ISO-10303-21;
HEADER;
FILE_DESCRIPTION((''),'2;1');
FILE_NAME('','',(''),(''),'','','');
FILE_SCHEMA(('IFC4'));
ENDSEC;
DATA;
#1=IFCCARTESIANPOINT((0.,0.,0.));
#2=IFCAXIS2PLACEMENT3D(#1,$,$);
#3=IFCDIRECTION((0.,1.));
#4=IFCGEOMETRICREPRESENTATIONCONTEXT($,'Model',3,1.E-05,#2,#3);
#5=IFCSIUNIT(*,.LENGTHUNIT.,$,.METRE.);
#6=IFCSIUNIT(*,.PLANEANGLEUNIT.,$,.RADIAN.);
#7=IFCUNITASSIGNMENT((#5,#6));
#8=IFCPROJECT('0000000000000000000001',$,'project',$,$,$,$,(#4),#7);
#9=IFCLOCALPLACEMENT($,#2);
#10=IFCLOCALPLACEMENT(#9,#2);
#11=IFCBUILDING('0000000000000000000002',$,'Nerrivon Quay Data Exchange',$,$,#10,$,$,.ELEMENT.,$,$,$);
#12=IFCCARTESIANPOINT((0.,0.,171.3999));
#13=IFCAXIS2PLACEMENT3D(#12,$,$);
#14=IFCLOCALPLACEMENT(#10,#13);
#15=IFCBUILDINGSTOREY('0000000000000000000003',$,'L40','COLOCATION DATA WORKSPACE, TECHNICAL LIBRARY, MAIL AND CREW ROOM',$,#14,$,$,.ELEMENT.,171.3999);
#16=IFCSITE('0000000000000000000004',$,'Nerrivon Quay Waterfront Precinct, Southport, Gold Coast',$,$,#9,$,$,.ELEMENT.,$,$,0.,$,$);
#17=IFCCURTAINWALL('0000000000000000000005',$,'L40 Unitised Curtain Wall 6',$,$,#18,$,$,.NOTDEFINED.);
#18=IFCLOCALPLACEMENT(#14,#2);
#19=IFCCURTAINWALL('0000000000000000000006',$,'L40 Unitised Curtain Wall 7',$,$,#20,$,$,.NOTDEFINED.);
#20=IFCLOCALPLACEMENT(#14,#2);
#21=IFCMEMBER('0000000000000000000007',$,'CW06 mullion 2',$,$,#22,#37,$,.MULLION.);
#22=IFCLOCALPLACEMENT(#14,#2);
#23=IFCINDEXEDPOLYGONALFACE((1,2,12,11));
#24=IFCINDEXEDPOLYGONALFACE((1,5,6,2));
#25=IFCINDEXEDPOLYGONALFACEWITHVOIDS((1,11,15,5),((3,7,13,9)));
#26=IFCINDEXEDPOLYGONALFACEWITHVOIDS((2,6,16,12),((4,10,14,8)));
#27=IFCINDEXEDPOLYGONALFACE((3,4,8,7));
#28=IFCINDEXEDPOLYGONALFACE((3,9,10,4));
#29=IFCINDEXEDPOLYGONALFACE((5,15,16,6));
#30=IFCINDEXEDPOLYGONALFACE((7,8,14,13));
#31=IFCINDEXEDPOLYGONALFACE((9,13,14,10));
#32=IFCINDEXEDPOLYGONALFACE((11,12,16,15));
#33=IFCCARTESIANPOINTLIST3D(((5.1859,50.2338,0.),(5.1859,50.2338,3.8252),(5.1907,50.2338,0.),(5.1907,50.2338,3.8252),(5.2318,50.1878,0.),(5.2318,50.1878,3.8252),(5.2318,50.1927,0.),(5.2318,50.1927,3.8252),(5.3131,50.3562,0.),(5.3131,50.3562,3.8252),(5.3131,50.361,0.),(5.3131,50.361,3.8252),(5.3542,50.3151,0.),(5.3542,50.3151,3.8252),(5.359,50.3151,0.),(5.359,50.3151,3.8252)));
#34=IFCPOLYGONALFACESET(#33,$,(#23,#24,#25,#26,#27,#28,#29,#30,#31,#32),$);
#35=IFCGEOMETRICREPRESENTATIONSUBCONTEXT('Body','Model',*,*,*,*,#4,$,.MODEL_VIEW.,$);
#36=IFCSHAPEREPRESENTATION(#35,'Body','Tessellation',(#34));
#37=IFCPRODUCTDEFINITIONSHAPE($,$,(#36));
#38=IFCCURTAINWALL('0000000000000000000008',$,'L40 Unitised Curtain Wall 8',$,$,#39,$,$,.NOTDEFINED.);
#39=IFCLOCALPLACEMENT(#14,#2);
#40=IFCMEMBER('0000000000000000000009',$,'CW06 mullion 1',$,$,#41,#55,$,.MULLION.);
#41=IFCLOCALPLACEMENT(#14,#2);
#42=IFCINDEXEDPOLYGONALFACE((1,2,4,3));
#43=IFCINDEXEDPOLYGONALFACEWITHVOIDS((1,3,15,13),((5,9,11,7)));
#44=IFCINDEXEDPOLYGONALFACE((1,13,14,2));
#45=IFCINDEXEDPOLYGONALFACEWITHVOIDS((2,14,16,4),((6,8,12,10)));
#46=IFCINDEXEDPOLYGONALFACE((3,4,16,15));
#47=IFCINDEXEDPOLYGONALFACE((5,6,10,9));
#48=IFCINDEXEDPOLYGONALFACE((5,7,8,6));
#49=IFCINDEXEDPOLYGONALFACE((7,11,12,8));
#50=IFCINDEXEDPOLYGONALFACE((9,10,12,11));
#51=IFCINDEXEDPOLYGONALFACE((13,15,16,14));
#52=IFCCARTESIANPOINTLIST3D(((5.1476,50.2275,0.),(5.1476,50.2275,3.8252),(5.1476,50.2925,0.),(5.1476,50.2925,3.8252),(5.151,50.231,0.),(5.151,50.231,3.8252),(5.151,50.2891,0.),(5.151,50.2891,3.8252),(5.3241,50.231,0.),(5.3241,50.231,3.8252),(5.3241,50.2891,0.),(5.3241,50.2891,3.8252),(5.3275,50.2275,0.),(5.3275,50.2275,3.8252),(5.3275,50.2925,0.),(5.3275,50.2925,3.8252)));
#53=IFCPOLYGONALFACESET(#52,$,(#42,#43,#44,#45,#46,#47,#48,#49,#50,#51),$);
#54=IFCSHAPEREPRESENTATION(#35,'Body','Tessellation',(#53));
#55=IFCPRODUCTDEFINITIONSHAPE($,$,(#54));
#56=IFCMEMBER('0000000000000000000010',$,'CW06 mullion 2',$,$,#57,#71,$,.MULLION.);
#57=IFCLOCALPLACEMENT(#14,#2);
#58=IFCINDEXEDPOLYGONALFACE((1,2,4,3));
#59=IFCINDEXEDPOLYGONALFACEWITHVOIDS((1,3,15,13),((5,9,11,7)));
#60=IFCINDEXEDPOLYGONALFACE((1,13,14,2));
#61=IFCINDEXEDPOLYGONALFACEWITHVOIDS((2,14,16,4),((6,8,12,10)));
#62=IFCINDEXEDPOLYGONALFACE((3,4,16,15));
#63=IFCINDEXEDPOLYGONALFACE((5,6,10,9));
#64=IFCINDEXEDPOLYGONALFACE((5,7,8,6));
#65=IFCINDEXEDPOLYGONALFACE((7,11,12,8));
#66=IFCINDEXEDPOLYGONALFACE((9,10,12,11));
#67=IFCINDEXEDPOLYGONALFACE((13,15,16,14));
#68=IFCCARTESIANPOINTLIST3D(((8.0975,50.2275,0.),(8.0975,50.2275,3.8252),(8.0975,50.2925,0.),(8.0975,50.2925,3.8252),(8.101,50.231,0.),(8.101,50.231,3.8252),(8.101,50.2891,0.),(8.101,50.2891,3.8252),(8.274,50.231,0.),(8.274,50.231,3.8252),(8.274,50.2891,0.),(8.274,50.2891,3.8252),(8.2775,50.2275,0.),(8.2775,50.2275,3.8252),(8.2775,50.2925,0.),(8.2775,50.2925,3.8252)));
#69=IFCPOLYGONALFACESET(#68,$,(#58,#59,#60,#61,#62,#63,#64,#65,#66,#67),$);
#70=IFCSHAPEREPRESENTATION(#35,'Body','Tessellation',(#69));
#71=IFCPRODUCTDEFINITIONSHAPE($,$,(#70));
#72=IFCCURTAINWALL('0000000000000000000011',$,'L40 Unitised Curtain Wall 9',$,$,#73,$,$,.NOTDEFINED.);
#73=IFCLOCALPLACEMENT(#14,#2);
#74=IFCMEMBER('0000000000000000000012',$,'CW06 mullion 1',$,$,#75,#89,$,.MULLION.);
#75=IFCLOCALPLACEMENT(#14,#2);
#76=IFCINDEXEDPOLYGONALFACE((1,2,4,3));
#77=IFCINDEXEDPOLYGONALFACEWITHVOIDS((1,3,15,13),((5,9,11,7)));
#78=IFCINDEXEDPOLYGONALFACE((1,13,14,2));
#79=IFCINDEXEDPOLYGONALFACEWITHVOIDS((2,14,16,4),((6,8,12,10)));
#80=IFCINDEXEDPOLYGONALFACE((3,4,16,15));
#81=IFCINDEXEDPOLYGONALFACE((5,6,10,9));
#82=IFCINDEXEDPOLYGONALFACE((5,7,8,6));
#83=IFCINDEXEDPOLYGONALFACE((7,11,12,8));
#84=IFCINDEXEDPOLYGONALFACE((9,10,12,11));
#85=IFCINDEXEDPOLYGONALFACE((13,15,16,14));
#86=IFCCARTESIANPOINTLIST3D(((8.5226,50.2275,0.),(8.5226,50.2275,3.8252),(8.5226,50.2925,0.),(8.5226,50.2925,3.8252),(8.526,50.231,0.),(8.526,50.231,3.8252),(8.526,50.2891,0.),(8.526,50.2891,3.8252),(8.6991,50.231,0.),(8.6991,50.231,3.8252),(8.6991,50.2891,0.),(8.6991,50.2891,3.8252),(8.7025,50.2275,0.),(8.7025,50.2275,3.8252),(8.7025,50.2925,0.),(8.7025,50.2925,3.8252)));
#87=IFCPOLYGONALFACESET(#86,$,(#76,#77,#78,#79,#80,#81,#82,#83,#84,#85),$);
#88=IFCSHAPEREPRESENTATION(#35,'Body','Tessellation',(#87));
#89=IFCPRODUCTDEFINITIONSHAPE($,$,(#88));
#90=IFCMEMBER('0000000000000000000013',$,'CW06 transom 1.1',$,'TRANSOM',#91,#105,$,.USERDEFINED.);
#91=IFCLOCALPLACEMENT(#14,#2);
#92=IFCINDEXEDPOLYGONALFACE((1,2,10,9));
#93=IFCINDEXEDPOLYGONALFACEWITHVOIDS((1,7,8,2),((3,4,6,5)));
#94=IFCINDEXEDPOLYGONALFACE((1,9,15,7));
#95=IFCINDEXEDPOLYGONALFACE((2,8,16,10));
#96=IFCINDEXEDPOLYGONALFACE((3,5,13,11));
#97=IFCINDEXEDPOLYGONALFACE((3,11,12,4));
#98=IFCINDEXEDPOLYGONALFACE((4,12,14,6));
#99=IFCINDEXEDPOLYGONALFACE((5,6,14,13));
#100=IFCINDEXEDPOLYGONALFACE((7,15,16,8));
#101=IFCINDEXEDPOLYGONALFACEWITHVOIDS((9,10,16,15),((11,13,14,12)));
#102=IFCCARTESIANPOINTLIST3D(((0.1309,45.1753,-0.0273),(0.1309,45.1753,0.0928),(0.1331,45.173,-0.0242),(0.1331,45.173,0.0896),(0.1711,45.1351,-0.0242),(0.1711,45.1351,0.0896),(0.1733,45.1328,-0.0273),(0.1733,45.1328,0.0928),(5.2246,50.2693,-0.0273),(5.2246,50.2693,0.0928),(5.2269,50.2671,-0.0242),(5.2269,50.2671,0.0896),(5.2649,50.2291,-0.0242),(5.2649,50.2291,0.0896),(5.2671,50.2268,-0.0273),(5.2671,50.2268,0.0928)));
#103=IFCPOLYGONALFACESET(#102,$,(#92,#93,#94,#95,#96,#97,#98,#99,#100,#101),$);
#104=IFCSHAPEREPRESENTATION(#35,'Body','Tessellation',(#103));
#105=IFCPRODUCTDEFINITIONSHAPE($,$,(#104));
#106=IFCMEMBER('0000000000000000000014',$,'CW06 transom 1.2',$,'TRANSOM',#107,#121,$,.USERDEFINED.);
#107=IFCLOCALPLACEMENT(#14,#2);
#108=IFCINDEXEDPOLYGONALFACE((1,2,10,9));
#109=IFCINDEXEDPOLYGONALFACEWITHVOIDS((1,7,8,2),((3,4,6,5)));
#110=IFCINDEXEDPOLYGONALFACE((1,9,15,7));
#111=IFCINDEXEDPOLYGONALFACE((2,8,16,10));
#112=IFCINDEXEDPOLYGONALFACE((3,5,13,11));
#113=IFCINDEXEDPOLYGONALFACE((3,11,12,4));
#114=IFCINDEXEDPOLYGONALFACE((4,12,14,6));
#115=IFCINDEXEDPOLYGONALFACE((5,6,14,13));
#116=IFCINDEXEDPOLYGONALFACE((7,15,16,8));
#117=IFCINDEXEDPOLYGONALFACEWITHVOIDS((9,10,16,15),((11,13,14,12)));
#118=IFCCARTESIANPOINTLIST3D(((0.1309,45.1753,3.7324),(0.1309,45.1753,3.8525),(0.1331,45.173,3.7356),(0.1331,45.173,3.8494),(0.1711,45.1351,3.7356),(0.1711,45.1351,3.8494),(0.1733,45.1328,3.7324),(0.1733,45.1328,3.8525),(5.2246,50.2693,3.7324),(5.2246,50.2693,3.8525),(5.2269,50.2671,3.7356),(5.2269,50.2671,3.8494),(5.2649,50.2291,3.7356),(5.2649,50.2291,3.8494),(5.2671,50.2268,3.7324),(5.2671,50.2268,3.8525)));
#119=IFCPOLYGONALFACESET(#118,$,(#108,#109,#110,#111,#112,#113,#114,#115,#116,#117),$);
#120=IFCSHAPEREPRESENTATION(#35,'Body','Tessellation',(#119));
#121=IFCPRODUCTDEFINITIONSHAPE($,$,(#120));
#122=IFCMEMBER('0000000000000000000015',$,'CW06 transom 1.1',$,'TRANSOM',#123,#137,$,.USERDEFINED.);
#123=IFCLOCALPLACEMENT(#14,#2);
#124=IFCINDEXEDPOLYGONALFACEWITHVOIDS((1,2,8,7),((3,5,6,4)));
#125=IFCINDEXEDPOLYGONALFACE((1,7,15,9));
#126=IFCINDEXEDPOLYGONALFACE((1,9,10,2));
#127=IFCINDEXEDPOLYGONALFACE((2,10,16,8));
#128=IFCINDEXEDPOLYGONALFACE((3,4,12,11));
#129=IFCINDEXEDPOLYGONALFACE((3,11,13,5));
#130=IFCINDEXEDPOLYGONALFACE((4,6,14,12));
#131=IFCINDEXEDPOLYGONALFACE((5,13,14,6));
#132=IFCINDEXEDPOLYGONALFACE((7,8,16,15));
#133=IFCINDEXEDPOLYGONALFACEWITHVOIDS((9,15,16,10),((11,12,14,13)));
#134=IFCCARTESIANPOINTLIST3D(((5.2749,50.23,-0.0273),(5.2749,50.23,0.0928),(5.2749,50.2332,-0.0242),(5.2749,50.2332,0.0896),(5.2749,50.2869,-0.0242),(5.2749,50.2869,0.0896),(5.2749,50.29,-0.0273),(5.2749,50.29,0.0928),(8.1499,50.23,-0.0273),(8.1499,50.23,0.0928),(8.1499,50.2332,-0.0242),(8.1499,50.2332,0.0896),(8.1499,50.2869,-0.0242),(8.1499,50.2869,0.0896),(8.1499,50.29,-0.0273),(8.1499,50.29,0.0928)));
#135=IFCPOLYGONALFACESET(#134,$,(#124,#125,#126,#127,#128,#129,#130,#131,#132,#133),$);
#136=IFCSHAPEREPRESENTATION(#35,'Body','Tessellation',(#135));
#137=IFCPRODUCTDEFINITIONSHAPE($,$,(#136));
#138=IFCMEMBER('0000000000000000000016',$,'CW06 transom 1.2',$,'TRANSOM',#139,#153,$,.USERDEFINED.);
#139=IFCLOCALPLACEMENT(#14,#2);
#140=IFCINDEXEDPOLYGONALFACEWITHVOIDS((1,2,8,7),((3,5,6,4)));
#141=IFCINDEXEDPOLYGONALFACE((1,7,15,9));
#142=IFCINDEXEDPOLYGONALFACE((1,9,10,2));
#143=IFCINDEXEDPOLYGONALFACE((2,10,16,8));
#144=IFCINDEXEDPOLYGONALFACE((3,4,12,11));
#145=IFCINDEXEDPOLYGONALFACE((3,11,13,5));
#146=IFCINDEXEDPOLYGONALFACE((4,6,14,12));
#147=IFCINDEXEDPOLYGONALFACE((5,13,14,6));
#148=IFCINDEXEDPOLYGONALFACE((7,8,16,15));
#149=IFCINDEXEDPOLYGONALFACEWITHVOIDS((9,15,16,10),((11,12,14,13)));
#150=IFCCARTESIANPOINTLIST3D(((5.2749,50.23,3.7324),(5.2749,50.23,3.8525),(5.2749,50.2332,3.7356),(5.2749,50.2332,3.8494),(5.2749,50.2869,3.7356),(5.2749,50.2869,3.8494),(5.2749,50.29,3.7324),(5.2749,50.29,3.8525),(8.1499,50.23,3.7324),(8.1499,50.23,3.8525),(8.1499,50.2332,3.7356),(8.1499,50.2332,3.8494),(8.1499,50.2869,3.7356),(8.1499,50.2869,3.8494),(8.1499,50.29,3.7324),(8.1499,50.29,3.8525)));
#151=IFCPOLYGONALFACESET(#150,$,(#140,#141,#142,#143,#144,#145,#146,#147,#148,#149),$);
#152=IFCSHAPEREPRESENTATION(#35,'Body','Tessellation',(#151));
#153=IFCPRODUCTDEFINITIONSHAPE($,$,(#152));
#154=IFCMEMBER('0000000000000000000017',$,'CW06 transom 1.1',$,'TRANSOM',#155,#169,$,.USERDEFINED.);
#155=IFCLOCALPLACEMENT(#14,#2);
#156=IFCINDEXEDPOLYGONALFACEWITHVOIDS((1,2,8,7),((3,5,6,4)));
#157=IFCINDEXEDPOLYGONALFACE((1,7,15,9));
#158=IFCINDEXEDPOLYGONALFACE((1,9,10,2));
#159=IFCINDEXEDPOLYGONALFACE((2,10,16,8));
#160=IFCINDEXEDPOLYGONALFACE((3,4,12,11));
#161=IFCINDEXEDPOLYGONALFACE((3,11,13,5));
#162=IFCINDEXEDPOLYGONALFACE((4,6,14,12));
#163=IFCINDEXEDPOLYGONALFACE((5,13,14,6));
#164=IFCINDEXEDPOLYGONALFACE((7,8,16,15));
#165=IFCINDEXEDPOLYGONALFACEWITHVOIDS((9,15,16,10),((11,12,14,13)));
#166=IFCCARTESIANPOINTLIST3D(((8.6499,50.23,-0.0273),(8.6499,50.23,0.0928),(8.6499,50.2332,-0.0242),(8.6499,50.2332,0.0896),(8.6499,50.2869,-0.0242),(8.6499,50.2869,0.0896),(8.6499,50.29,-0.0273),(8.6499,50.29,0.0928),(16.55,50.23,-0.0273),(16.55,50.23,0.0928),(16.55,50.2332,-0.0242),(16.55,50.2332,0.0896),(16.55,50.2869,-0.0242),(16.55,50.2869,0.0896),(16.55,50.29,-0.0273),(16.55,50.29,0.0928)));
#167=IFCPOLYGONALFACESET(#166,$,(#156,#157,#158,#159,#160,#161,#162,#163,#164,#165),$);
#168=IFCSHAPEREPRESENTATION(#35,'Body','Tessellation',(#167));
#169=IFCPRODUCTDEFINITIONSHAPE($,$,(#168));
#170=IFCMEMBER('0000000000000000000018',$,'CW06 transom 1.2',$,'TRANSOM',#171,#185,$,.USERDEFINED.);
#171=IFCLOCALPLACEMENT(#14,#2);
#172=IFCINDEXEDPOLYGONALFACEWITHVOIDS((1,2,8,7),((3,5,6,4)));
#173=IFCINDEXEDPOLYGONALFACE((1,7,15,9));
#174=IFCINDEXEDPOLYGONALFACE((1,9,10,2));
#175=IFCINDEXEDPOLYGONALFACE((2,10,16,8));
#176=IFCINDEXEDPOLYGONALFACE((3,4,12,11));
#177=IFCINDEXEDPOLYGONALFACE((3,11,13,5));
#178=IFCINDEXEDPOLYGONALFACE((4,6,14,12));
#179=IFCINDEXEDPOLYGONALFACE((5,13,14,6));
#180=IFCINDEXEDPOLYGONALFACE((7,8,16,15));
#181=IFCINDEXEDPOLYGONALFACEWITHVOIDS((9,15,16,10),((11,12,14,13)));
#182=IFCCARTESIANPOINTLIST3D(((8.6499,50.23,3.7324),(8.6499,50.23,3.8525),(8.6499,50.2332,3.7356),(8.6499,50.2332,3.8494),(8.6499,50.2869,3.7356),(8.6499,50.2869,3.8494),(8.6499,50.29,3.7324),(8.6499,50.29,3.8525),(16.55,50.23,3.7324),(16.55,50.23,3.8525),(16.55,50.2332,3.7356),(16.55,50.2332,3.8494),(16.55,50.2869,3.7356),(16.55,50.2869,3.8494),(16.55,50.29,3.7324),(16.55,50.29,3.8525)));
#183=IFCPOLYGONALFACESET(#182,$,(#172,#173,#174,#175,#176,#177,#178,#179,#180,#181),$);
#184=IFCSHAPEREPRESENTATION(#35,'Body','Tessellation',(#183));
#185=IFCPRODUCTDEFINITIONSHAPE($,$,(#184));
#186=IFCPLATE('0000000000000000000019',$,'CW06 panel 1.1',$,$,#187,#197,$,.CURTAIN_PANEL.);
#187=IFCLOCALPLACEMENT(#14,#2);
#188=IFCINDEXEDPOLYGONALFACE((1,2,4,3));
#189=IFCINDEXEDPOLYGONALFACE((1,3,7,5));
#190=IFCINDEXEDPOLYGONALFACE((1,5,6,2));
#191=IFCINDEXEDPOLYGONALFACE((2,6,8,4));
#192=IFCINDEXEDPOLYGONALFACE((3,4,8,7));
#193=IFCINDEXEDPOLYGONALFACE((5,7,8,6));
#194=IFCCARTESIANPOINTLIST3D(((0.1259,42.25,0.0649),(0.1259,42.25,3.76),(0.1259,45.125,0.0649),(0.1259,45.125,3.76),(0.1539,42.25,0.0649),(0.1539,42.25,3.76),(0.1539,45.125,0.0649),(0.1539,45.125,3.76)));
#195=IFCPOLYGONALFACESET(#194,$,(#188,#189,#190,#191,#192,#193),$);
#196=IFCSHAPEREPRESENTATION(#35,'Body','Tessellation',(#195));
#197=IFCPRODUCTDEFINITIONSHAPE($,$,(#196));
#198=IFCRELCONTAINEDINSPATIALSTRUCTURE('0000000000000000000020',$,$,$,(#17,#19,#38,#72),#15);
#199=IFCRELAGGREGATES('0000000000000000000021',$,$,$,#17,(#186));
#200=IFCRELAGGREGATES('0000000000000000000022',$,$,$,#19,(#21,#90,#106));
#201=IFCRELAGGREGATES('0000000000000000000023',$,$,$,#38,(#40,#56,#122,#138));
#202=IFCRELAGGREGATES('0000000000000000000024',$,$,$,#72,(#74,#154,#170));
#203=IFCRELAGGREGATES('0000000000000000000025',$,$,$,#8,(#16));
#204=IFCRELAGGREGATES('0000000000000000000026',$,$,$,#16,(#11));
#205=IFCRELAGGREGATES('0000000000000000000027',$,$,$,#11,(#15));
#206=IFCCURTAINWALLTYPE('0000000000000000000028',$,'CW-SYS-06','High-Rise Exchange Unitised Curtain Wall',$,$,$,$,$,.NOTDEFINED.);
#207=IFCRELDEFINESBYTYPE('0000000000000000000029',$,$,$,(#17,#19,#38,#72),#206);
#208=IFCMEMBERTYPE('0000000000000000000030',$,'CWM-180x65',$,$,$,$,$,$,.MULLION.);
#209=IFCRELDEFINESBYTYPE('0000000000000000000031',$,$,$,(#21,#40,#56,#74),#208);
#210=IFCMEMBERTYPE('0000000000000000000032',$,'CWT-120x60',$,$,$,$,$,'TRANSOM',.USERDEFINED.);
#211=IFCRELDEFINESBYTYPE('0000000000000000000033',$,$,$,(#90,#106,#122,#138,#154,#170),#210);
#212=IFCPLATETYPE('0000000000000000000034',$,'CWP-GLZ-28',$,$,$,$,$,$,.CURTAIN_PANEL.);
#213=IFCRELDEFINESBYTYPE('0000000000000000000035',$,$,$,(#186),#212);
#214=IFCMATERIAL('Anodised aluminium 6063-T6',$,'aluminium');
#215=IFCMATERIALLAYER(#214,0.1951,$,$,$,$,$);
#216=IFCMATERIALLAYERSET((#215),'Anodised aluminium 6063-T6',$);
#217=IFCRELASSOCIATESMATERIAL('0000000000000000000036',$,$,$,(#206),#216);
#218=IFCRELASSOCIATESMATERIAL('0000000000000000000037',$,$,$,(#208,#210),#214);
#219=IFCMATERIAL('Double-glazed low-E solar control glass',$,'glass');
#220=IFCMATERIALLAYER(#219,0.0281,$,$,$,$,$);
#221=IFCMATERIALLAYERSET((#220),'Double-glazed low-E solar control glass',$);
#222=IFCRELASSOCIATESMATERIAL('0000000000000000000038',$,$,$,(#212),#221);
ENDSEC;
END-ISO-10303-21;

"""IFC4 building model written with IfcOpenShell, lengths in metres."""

from ifc_helpers import new_model, si_unit, direction, frame, origin, origin_2d, place, context, subcontext, project, spatial, rectangle, hollow_rectangle, extrude, material, layer, layer_set, material_profile, profile_set, type_object, element, aggregate, save


model = new_model("IFC4")

# Units and contexts
model_context = context("Model", 3, precision=1e-05, world=origin(), true_north=direction((0.0, 1.0)))
body_context = subcontext(model_context, "Body", "Model", "MODEL_VIEW")
ifc_project = project(units=[si_unit("LENGTHUNIT", "METRE"), si_unit("PLANEANGLEUNIT", "RADIAN")], contexts=[model_context])

# Site, building, storey
site_placement = place(None, origin())
site = spatial("IfcSite", under=ifc_project, at=site_placement, Name="Nerrivon Quay Waterfront Precinct, Southport, Gold Coast", CompositionType="ELEMENT", RefElevation=0.0)
building_placement = place(site_placement, origin())
building = spatial("IfcBuilding", under=site, at=building_placement, Name="Nerrivon Quay Data Exchange", CompositionType="ELEMENT")
storey_placement = place(building_placement, frame((0.0, 0.0, 171.3999)))
storey = spatial("IfcBuildingStorey", under=building, at=storey_placement, Name="L40", Description="COLOCATION DATA WORKSPACE, TECHNICAL LIBRARY, MAIL AND CREW ROOM", CompositionType="ELEMENT", Elevation=171.3999)

# Curtain wall
ifc_material_1 = material(Name="Anodised aluminium 6063-T6", Category="aluminium")
ifc_layer_1 = layer(ifc_material_1, 0.1951)
ifc_layer_set_1 = layer_set([ifc_layer_1], Name="Anodised aluminium 6063-T6")
curtain_wall_type = type_object("IfcCurtainWallType", Name="CW-SYS-06", Description="High-Rise Exchange Unitised Curtain Wall", PredefinedType="NOTDEFINED", material=ifc_layer_set_1)
curtain_wall_1_placement = place(storey_placement, origin())
curtain_wall_1 = element("IfcCurtainWall", 1, at=curtain_wall_1_placement, inside=storey, type_object=curtain_wall_type, Name="L40 Unitised Curtain Wall 6", PredefinedType="NOTDEFINED")
ifc_material_profile_1 = material_profile(ifc_material_1, hollow_rectangle(XDim=0.0649, YDim=0.1799, WallThickness=0.0034, at=origin_2d()), Name="ALU-MULL-180x65")
ifc_profile_set_1 = profile_set([ifc_material_profile_1], Name="Anodised aluminium 6063-T6")
member_type_1 = type_object("IfcMemberType", Name="CWM-180x65", PredefinedType="MULLION", material=ifc_profile_set_1)

# Curtain walls, members
curtain_wall_2_placement = place(storey_placement, origin())
curtain_wall_2 = element("IfcCurtainWall", 2, at=curtain_wall_2_placement, inside=storey, type_object=curtain_wall_type, Name="L40 Unitised Curtain Wall 7", PredefinedType="NOTDEFINED")
member_1_placement = place(storey_placement, frame((5.2725, 50.2744, 0.0), z_axis=(0.0, 0.0, 1.0), x_axis=(-0.707107, 0.707107, 0.0)))
member_1 = element("IfcMember", 3, at=member_1_placement, type_object=member_type_1, Name="CW06 mullion 2", PredefinedType="MULLION", context=body_context, shape_type="SweptSolid", body=[
    extrude(hollow_rectangle(XDim=0.0649, YDim=0.1799, WallThickness=0.0034, at=origin_2d()), origin(), (0.0, 0.0, 1.0), 3.8252),
])
curtain_wall_3_placement = place(storey_placement, origin())
curtain_wall_3 = element("IfcCurtainWall", 4, at=curtain_wall_3_placement, inside=storey, type_object=curtain_wall_type, Name="L40 Unitised Curtain Wall 8", PredefinedType="NOTDEFINED")
member_2_placement = place(storey_placement, frame((5.2375, 50.26, 0.0), z_axis=(0.0, 0.0, 1.0), x_axis=(0.0, 1.0, 0.0)))
member_2 = element("IfcMember", 5, at=member_2_placement, type_object=member_type_1, Name="CW06 mullion 1", PredefinedType="MULLION", context=body_context, shape_type="SweptSolid", body=[
    extrude(hollow_rectangle(XDim=0.0649, YDim=0.1799, WallThickness=0.0034, at=origin_2d()), origin(), (0.0, 0.0, 1.0), 3.8252),
])
member_3_placement = place(storey_placement, frame((8.1875, 50.26, 0.0), z_axis=(0.0, 0.0, 1.0), x_axis=(0.0, 1.0, 0.0)))
member_3 = element("IfcMember", 6, at=member_3_placement, type_object=member_type_1, Name="CW06 mullion 2", PredefinedType="MULLION", context=body_context, shape_type="SweptSolid", body=[
    extrude(hollow_rectangle(XDim=0.0649, YDim=0.1799, WallThickness=0.0034, at=origin_2d()), origin(), (0.0, 0.0, 1.0), 3.8252),
])

# Curtain wall, member
curtain_wall_4_placement = place(storey_placement, origin())
curtain_wall_4 = element("IfcCurtainWall", 7, at=curtain_wall_4_placement, inside=storey, type_object=curtain_wall_type, Name="L40 Unitised Curtain Wall 9", PredefinedType="NOTDEFINED")
member_4_placement = place(storey_placement, frame((8.6125, 50.26, 0.0), z_axis=(0.0, 0.0, 1.0), x_axis=(0.0, 1.0, 0.0)))
member_4 = element("IfcMember", 8, at=member_4_placement, type_object=member_type_1, Name="CW06 mullion 1", PredefinedType="MULLION", context=body_context, shape_type="SweptSolid", body=[
    extrude(hollow_rectangle(XDim=0.0649, YDim=0.1799, WallThickness=0.0034, at=origin_2d()), origin(), (0.0, 0.0, 1.0), 3.8252),
])

# Members
ifc_material_profile_2 = material_profile(ifc_material_1, hollow_rectangle(XDim=0.0601, YDim=0.1201, WallThickness=0.0032, at=origin_2d()), Name="ALU-TRAN-120x60")
ifc_profile_set_2 = profile_set([ifc_material_profile_2], Name="Anodised aluminium 6063-T6")
member_type_2 = type_object("IfcMemberType", Name="CWT-120x60", ElementType="TRANSOM", PredefinedType="USERDEFINED", material=ifc_profile_set_2)
member_5_placement = place(storey_placement, frame((0.1521, 45.1541, 0.0327), z_axis=(0.70709, 0.707124, 0.0), x_axis=(-0.707124, 0.70709, 0.0)))
member_5 = element("IfcMember", 9, at=member_5_placement, type_object=member_type_2, Name="CW06 transom 1.1", ObjectType="TRANSOM", PredefinedType="USERDEFINED", context=body_context, shape_type="SweptSolid", body=[
    extrude(hollow_rectangle(XDim=0.0601, YDim=0.1201, WallThickness=0.0032, at=origin_2d()), origin(), (0.0, 0.0, 1.0), 7.2039),
])
member_6_placement = place(storey_placement, frame((0.1521, 45.1541, 3.7925), z_axis=(0.70709, 0.707124, 0.0), x_axis=(-0.707124, 0.70709, 0.0)))
member_6 = element("IfcMember", 10, at=member_6_placement, type_object=member_type_2, Name="CW06 transom 1.2", ObjectType="TRANSOM", PredefinedType="USERDEFINED", context=body_context, shape_type="SweptSolid", body=[
    extrude(hollow_rectangle(XDim=0.0601, YDim=0.1201, WallThickness=0.0032, at=origin_2d()), origin(), (0.0, 0.0, 1.0), 7.2039),
])
member_7_placement = place(storey_placement, frame((5.2749, 50.26, 0.0327), z_axis=(1.0, 0.0, 0.0), x_axis=(0.0, 1.0, 0.0)))
member_7 = element("IfcMember", 11, at=member_7_placement, type_object=member_type_2, Name="CW06 transom 1.1", ObjectType="TRANSOM", PredefinedType="USERDEFINED", context=body_context, shape_type="SweptSolid", body=[
    extrude(hollow_rectangle(XDim=0.0601, YDim=0.1201, WallThickness=0.0032, at=origin_2d()), origin(), (0.0, 0.0, 1.0), 2.875),
])
member_8_placement = place(storey_placement, frame((5.2749, 50.26, 3.7925), z_axis=(1.0, 0.0, 0.0), x_axis=(0.0, 1.0, 0.0)))
member_8 = element("IfcMember", 12, at=member_8_placement, type_object=member_type_2, Name="CW06 transom 1.2", ObjectType="TRANSOM", PredefinedType="USERDEFINED", context=body_context, shape_type="SweptSolid", body=[
    extrude(hollow_rectangle(XDim=0.0601, YDim=0.1201, WallThickness=0.0032, at=origin_2d()), origin(), (0.0, 0.0, 1.0), 2.875),
])
member_9_placement = place(storey_placement, frame((8.6499, 50.26, 0.0327), z_axis=(1.0, 0.0, 0.0), x_axis=(0.0, 1.0, 0.0)))
member_9 = element("IfcMember", 13, at=member_9_placement, type_object=member_type_2, Name="CW06 transom 1.1", ObjectType="TRANSOM", PredefinedType="USERDEFINED", context=body_context, shape_type="SweptSolid", body=[
    extrude(hollow_rectangle(XDim=0.0601, YDim=0.1201, WallThickness=0.0032, at=origin_2d()), origin(), (0.0, 0.0, 1.0), 7.9001),
])
member_10_placement = place(storey_placement, frame((8.6499, 50.26, 3.7925), z_axis=(1.0, 0.0, 0.0), x_axis=(0.0, 1.0, 0.0)))
member_10 = element("IfcMember", 14, at=member_10_placement, type_object=member_type_2, Name="CW06 transom 1.2", ObjectType="TRANSOM", PredefinedType="USERDEFINED", context=body_context, shape_type="SweptSolid", body=[
    extrude(hollow_rectangle(XDim=0.0601, YDim=0.1201, WallThickness=0.0032, at=origin_2d()), origin(), (0.0, 0.0, 1.0), 7.9001),
])

# Plate
ifc_material_2 = material(Name="Double-glazed low-E solar control glass", Category="glass")
ifc_layer_2 = layer(ifc_material_2, 0.0281)
ifc_layer_set_2 = layer_set([ifc_layer_2], Name="Double-glazed low-E solar control glass")
plate_type = type_object("IfcPlateType", Name="CWP-GLZ-28", PredefinedType="CURTAIN_PANEL", material=ifc_layer_set_2)
plate_1_placement = place(storey_placement, frame((0.1399, 43.6875, 0.0649), z_axis=(0.0, 0.0, 1.0), x_axis=(0.0, 1.0, 0.0)))
plate_1 = element("IfcPlate", 15, at=plate_1_placement, type_object=plate_type, Name="CW06 panel 1.1", PredefinedType="CURTAIN_PANEL", context=body_context, shape_type="SweptSolid", body=[
    extrude(rectangle(XDim=2.875, YDim=0.0281, at=origin_2d()), origin(), (0.0, 0.0, 1.0), 3.6951),
])
aggregate(curtain_wall_1, [plate_1])
aggregate(curtain_wall_2, [member_1, member_5, member_6])
aggregate(curtain_wall_3, [member_2, member_3, member_7, member_8])
aggregate(curtain_wall_4, [member_4, member_9, member_10])

save(model, "model.ifc")
